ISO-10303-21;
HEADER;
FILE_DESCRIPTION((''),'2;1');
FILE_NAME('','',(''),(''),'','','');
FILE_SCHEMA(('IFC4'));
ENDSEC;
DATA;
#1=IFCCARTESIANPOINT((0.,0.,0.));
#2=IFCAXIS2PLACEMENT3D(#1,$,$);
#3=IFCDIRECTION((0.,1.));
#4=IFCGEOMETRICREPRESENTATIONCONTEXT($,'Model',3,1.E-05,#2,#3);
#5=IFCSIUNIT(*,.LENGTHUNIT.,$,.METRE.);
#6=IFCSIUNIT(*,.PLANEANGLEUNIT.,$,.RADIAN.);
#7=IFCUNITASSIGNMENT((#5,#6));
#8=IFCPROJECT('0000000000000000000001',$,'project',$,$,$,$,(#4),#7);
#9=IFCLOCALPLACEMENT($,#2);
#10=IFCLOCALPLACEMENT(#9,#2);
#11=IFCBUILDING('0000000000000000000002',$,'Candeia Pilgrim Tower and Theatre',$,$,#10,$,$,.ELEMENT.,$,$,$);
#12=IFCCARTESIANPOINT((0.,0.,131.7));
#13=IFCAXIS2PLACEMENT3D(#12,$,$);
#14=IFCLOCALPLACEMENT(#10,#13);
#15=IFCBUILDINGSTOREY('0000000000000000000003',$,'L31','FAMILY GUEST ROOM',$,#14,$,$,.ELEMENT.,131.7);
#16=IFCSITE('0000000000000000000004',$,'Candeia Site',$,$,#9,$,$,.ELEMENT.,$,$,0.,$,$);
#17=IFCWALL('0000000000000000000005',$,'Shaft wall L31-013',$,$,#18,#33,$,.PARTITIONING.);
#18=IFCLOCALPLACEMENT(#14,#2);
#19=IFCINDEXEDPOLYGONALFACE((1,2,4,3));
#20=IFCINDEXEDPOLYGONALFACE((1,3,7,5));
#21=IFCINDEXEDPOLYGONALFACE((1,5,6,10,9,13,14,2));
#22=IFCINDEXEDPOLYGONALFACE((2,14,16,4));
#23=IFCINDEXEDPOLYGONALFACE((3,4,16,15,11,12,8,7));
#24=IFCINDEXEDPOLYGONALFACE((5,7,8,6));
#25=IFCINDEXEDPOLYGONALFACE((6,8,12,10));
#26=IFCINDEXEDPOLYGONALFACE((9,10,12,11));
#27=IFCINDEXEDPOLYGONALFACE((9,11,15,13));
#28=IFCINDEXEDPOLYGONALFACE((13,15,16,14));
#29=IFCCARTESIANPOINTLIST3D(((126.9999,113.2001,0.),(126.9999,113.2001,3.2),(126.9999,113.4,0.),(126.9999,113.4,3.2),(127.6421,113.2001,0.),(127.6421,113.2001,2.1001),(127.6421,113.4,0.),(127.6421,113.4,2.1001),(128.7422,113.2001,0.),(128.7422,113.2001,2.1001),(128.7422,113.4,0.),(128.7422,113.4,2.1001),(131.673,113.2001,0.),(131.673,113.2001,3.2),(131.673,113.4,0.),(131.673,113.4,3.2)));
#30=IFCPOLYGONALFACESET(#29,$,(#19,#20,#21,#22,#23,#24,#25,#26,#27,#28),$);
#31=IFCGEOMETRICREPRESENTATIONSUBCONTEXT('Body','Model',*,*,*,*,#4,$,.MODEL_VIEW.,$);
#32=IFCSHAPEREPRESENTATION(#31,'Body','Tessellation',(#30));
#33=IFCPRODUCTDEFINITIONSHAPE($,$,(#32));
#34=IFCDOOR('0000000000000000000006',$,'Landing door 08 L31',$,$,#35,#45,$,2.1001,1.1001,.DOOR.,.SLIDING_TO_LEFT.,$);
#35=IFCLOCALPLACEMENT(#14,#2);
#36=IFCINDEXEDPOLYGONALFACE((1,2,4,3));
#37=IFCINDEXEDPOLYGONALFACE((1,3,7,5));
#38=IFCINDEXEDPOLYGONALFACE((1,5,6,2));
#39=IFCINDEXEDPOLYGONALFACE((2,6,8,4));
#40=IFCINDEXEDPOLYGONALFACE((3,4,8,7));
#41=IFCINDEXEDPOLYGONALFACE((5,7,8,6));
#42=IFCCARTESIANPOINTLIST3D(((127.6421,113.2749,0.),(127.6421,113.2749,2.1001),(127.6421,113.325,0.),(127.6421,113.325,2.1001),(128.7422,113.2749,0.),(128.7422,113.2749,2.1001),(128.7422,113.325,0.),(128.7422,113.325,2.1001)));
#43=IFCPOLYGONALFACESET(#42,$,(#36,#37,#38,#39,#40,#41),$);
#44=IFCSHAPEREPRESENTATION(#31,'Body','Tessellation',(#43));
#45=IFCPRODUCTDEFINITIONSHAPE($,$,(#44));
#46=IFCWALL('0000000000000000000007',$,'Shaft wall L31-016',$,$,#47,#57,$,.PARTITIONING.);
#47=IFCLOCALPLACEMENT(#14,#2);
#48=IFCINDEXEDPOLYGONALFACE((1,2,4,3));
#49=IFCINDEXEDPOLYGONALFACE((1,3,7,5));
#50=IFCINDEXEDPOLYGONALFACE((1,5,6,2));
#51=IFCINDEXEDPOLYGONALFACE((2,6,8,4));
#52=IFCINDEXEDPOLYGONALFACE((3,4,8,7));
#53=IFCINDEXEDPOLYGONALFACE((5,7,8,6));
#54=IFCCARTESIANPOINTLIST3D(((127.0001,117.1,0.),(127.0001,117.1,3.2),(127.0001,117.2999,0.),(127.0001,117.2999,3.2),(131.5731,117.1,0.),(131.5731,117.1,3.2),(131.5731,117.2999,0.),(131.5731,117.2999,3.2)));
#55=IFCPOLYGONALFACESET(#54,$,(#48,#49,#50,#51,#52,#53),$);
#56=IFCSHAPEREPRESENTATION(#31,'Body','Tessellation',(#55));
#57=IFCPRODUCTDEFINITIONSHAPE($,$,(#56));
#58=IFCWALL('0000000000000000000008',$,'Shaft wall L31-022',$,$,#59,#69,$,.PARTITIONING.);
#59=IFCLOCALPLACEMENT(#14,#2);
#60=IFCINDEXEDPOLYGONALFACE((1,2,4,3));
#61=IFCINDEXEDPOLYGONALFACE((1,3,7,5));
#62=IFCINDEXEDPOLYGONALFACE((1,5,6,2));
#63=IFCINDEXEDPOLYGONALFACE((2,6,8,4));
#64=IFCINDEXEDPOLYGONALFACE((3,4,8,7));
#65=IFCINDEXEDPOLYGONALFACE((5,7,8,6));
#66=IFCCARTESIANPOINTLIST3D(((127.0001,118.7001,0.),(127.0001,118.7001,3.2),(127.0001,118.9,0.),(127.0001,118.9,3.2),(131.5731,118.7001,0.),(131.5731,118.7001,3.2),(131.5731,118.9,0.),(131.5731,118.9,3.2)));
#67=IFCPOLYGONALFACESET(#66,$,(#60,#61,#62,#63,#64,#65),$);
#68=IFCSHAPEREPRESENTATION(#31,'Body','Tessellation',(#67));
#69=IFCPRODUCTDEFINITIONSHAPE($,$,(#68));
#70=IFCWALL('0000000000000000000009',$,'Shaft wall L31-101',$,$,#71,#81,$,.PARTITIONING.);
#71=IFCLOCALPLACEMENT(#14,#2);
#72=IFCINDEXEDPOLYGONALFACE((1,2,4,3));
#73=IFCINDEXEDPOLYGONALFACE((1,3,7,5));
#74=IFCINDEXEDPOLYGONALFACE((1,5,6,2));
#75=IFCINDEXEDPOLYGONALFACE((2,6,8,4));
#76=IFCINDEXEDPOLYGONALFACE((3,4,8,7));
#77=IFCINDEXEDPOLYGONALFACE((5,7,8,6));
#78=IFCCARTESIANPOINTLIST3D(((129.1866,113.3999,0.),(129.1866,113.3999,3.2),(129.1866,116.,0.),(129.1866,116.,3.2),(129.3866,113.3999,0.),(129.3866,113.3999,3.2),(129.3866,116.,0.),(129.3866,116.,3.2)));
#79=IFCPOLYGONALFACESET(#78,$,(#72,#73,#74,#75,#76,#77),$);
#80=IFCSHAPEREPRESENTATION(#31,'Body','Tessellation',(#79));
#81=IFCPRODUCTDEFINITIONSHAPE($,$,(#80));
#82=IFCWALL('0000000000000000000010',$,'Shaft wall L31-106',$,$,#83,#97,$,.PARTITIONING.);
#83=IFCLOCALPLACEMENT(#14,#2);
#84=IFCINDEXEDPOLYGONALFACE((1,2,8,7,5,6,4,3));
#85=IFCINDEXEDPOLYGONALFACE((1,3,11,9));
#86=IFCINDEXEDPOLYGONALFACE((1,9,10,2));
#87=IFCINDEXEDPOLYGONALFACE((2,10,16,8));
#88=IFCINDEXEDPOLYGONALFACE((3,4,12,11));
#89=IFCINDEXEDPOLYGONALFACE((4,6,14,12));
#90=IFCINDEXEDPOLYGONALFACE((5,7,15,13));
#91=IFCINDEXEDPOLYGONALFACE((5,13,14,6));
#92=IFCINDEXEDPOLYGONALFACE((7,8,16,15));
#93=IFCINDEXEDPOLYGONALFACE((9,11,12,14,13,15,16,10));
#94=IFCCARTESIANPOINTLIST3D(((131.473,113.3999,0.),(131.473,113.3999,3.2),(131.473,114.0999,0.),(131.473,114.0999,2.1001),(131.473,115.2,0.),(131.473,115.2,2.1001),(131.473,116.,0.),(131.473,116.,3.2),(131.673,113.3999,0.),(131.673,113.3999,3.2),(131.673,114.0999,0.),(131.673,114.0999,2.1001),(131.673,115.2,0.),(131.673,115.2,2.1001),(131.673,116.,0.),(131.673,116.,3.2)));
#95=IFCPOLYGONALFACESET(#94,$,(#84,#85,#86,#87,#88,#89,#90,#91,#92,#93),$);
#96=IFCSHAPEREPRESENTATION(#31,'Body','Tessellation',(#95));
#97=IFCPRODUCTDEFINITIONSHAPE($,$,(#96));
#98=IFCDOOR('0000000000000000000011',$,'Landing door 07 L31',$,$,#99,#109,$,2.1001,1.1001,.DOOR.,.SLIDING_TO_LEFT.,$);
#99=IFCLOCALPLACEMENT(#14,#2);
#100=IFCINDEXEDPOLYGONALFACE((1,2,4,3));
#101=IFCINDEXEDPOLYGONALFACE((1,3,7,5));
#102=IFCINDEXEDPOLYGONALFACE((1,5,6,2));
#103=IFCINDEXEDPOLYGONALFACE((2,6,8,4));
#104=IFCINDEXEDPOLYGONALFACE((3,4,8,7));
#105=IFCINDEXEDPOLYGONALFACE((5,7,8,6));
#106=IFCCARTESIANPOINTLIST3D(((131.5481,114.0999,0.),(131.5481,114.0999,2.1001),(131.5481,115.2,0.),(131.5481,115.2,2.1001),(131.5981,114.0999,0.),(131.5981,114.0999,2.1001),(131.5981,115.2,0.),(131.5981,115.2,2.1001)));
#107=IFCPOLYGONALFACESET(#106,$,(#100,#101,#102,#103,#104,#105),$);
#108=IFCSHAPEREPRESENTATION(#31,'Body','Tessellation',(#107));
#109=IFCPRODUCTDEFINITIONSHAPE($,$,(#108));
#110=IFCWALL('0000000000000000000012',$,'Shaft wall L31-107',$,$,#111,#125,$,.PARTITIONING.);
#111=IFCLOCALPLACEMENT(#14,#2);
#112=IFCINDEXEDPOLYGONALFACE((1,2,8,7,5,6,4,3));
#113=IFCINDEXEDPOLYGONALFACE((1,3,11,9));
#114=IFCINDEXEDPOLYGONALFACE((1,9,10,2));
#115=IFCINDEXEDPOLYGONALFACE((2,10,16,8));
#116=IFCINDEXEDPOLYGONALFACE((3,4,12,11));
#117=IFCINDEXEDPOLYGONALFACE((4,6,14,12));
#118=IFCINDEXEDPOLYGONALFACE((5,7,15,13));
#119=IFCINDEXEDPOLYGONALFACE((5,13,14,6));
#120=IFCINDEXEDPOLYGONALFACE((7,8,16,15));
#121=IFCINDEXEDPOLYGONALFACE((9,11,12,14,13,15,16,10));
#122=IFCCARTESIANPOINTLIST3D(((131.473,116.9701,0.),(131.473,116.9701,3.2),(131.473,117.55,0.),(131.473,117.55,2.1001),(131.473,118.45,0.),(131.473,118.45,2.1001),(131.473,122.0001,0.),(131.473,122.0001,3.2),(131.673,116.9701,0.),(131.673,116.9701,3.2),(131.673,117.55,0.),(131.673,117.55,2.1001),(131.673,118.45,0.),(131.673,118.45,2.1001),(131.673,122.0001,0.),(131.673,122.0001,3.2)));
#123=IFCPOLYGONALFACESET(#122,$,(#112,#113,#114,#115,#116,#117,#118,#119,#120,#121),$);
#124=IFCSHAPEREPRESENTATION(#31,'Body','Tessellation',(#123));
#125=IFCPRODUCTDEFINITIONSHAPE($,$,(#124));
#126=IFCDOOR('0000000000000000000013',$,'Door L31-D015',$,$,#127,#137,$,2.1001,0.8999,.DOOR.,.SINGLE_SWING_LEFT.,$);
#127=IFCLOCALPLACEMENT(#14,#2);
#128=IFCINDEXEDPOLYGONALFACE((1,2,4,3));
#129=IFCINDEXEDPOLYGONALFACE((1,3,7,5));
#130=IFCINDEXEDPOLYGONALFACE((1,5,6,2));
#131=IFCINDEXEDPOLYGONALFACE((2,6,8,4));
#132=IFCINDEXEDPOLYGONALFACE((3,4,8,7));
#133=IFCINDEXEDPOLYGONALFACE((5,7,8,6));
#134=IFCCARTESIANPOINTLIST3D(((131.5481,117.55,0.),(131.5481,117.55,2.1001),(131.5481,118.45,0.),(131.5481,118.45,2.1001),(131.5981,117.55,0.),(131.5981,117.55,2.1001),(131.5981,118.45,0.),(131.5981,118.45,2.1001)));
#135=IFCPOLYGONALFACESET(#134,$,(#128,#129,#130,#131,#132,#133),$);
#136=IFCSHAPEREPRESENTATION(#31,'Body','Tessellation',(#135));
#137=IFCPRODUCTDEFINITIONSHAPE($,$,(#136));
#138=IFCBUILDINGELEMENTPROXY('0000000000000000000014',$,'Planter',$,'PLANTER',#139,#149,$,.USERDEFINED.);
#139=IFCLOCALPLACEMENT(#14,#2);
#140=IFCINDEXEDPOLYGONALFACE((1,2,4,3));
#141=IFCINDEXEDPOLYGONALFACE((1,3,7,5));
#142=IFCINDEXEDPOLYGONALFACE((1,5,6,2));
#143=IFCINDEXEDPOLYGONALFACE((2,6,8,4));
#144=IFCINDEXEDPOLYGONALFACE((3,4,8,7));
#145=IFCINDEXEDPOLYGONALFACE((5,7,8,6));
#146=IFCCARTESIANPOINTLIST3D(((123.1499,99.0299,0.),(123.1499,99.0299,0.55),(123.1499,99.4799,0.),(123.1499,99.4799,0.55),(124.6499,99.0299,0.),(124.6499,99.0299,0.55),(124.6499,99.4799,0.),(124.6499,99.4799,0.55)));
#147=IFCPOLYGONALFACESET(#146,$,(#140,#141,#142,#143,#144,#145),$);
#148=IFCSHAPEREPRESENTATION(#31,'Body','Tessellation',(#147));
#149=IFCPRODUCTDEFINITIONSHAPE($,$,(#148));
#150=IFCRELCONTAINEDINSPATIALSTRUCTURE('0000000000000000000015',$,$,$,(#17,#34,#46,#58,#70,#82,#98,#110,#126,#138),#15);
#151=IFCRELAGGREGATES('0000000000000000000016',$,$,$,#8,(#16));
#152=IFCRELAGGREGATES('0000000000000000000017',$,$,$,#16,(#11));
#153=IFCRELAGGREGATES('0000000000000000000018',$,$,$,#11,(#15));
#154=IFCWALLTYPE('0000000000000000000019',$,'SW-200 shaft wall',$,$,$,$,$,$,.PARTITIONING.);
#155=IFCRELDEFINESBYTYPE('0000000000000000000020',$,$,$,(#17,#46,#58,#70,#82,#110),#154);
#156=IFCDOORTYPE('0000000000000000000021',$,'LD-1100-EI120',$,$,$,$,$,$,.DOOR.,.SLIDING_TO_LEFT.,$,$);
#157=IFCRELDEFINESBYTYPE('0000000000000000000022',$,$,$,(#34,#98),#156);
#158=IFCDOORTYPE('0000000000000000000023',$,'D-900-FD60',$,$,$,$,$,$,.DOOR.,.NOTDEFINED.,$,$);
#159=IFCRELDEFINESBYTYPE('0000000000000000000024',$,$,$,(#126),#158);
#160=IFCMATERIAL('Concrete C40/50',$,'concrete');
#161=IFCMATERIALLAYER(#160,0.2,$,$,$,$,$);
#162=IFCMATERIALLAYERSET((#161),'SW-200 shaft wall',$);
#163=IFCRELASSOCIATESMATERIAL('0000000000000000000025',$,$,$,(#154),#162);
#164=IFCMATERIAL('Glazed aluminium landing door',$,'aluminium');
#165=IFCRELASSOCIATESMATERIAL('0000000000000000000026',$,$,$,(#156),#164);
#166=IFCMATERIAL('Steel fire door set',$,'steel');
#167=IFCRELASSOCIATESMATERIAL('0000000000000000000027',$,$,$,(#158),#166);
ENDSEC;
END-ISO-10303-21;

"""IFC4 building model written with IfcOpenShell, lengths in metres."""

from ifc_helpers import new_model, si_unit, direction, frame, frame_2d, origin, origin_2d, place, context, subcontext, project, spatial, rectangle, extrude, material, layer, layer_set, type_object, element, fill, save


model = new_model("IFC4")

# Units and contexts
model_context = context("Model", 3, precision=1e-05, world=origin(), true_north=direction((0.0, 1.0)))
body_context = subcontext(model_context, "Body", "Model", "MODEL_VIEW")
ifc_project = project(units=[si_unit("LENGTHUNIT", "METRE"), si_unit("PLANEANGLEUNIT", "RADIAN")], contexts=[model_context])

# Site, building, storey
site_placement = place(None, origin())
site = spatial("IfcSite", under=ifc_project, at=site_placement, Name="Candeia Site", CompositionType="ELEMENT", RefElevation=0.0)
building_placement = place(site_placement, origin())
building = spatial("IfcBuilding", under=site, at=building_placement, Name="Candeia Pilgrim Tower and Theatre", CompositionType="ELEMENT")
storey_placement = place(building_placement, frame((0.0, 0.0, 131.7)))
storey = spatial("IfcBuildingStorey", under=building, at=storey_placement, Name="L31", Description="FAMILY GUEST ROOM", CompositionType="ELEMENT", Elevation=131.7)

# Shared definitions
ifc_material_1 = material(Name="Steel fire door set", Category="steel")

# Wall, opening, door
ifc_material_2 = material(Name="Concrete C40/50", Category="concrete")
ifc_layer_1 = layer(ifc_material_2, 0.2)
ifc_layer_set_1 = layer_set([ifc_layer_1], Name="SW-200 shaft wall")
wall_type_1 = type_object("IfcWallType", Name="SW-200 shaft wall", PredefinedType="PARTITIONING", material=ifc_layer_set_1)
wall_1_placement = place(storey_placement, frame((127.0, 113.3, 0.0), z_axis=(0.0, 0.0, 1.0), x_axis=(1.0, 0.0, 0.0)))
wall_1 = element("IfcWall", 1, at=wall_1_placement, inside=storey, type_object=wall_type_1, Name="Shaft wall L31-013", PredefinedType="PARTITIONING", context=body_context, shape_type="SweptSolid", body=[
    extrude(rectangle(XDim=4.6731, YDim=0.2, at=frame_2d((2.3364, 0.0))), origin(), (0.0, 0.0, 1.0), 3.2),
])
opening_1_placement = place(wall_1_placement, frame((0.6421, 0.0, 0.0)))
opening_1 = element("IfcOpeningElement", 2, at=opening_1_placement, cuts=wall_1, PredefinedType="OPENING", context=body_context, shape_type="SweptSolid", body=[
    extrude(rectangle(XDim=1.1001, YDim=2.1001, at=frame_2d((0.55, 1.05))), frame((0.0, 0.1099, 0.0), z_axis=(0.0, -1.0, 0.0), x_axis=(1.0, 0.0, 0.0)), (0.0, 0.0, 1.0), 0.22),
])
ifc_material_3 = material(Name="Glazed aluminium landing door", Category="aluminium")
door_type_1 = type_object("IfcDoorType", Name="LD-1100-EI120", OperationType="SLIDING_TO_LEFT", PredefinedType="DOOR", material=ifc_material_3)
door_1_placement = place(opening_1_placement, origin())
door_1 = element("IfcDoor", 3, at=door_1_placement, inside=storey, type_object=door_type_1, Name="Landing door 08 L31", OperationType="SLIDING_TO_LEFT", OverallHeight=2.1001, OverallWidth=1.1001, PredefinedType="DOOR", context=body_context, shape_type="SweptSolid", body=[
    extrude(rectangle(XDim=1.1001, YDim=2.1001, at=frame_2d((0.55, 1.05))), frame((0.0, 0.0249, 0.0), z_axis=(0.0, -1.0, 0.0), x_axis=(1.0, 0.0, 0.0)), (0.0, 0.0, 1.0), 0.05),
])
fill(opening_1, door_1)

# Walls
for number, where, z_axis, x_axis, name in (
    (4, (127.0, 117.2, 0.0), (0.0, 0.0, 1.0), (1.0, 0.0, 0.0), "Shaft wall L31-016"),
    (5, (127.0, 118.8, 0.0), (0.0, 0.0, 1.0), (1.0, 0.0, 0.0), "Shaft wall L31-022"),
):
    element("IfcWall", number, at=place(storey_placement, frame(where, z_axis=z_axis, x_axis=x_axis)), inside=storey, type_object=wall_type_1, Name=name, PredefinedType="PARTITIONING", context=body_context, shape_type="SweptSolid", body=[
        extrude(rectangle(XDim=4.573, YDim=0.2, at=frame_2d((2.2866, 0.0))), origin(), (0.0, 0.0, 1.0), 3.2),
    ])
wall_2_placement = place(storey_placement, frame((129.2866, 113.3999, 0.0), z_axis=(0.0, 0.0, 1.0), x_axis=(0.0, 1.0, 0.0)))
element("IfcWall", 6, at=wall_2_placement, inside=storey, type_object=wall_type_1, Name="Shaft wall L31-101", PredefinedType="PARTITIONING", context=body_context, shape_type="SweptSolid", body=[
    extrude(rectangle(XDim=2.6001, YDim=0.2, at=frame_2d((1.3, 0.0))), origin(), (0.0, 0.0, 1.0), 3.2),
])

# Walls, openings, doors
wall_3_placement = place(storey_placement, frame((131.573, 113.3999, 0.0), z_axis=(0.0, 0.0, 1.0), x_axis=(0.0, 1.0, 0.0)))
wall_3 = element("IfcWall", 7, at=wall_3_placement, inside=storey, type_object=wall_type_1, Name="Shaft wall L31-106", PredefinedType="PARTITIONING", context=body_context, shape_type="SweptSolid", body=[
    extrude(rectangle(XDim=2.6001, YDim=0.2, at=frame_2d((1.3, 0.0))), origin(), (0.0, 0.0, 1.0), 3.2),
])
opening_2_placement = place(wall_3_placement, frame((0.7, 0.0, 0.0)))
opening_2 = element("IfcOpeningElement", 8, at=opening_2_placement, cuts=wall_3, PredefinedType="OPENING", context=body_context, shape_type="SweptSolid", body=[
    extrude(rectangle(XDim=1.1001, YDim=2.1001, at=frame_2d((0.55, 1.05))), frame((0.0, 0.1099, 0.0), z_axis=(0.0, -1.0, 0.0), x_axis=(1.0, 0.0, 0.0)), (0.0, 0.0, 1.0), 0.22),
])
door_2_placement = place(opening_2_placement, origin())
door_2 = element("IfcDoor", 9, at=door_2_placement, inside=storey, type_object=door_type_1, Name="Landing door 07 L31", OperationType="SLIDING_TO_LEFT", OverallHeight=2.1001, OverallWidth=1.1001, PredefinedType="DOOR", context=body_context, shape_type="SweptSolid", body=[
    extrude(rectangle(XDim=1.1001, YDim=2.1001, at=frame_2d((0.55, 1.05))), frame((0.0, 0.0249, 0.0), z_axis=(0.0, -1.0, 0.0), x_axis=(1.0, 0.0, 0.0)), (0.0, 0.0, 1.0), 0.05),
])
fill(opening_2, door_2)
wall_4_placement = place(storey_placement, frame((131.573, 116.97, 0.0), z_axis=(0.0, 0.0, 1.0), x_axis=(0.0, 1.0, 0.0)))
wall_4 = element("IfcWall", 10, at=wall_4_placement, inside=storey, type_object=wall_type_1, Name="Shaft wall L31-107", PredefinedType="PARTITIONING", context=body_context, shape_type="SweptSolid", body=[
    extrude(rectangle(XDim=5.03, YDim=0.2, at=frame_2d((2.5151, 0.0))), origin(), (0.0, 0.0, 1.0), 3.2),
])
opening_3_placement = place(wall_4_placement, frame((0.5801, 0.0, 0.0)))
opening_3 = element("IfcOpeningElement", 11, at=opening_3_placement, cuts=wall_4, PredefinedType="OPENING", context=body_context, shape_type="SweptSolid", body=[
    extrude(rectangle(XDim=0.8999, YDim=2.1001, at=frame_2d((0.45, 1.05))), frame((0.0, 0.1099, 0.0), z_axis=(0.0, -1.0, 0.0), x_axis=(1.0, 0.0, 0.0)), (0.0, 0.0, 1.0), 0.22),
])
door_type_2 = type_object("IfcDoorType", Name="D-900-FD60", OperationType="NOTDEFINED", PredefinedType="DOOR", material=ifc_material_1)
door_3_placement = place(opening_3_placement, origin())
door_3 = element("IfcDoor", 12, at=door_3_placement, inside=storey, type_object=door_type_2, Name="Door L31-D015", OperationType="SINGLE_SWING_LEFT", OverallHeight=2.1001, OverallWidth=0.8999, PredefinedType="DOOR", context=body_context, shape_type="SweptSolid", body=[
    extrude(rectangle(XDim=0.8999, YDim=2.1001, at=frame_2d((0.45, 1.05))), frame((0.0, 0.0249, 0.0), z_axis=(0.0, -1.0, 0.0), x_axis=(1.0, 0.0, 0.0)), (0.0, 0.0, 1.0), 0.05),
])
fill(opening_3, door_3)

# Building element proxy
proxy_placement = place(storey_placement, frame((123.8999, 99.2549, 0.0), z_axis=(0.0, 0.0, 1.0), x_axis=(1.0, 0.0, 0.0)))
element("IfcBuildingElementProxy", 13, at=proxy_placement, inside=storey, Name="Planter", ObjectType="PLANTER", PredefinedType="USERDEFINED", context=body_context, shape_type="SweptSolid", body=[
    extrude(rectangle(XDim=1.5, YDim=0.45, at=origin_2d()), origin(), (0.0, 0.0, 1.0), 0.55),
])

save(model, "model.ifc")
